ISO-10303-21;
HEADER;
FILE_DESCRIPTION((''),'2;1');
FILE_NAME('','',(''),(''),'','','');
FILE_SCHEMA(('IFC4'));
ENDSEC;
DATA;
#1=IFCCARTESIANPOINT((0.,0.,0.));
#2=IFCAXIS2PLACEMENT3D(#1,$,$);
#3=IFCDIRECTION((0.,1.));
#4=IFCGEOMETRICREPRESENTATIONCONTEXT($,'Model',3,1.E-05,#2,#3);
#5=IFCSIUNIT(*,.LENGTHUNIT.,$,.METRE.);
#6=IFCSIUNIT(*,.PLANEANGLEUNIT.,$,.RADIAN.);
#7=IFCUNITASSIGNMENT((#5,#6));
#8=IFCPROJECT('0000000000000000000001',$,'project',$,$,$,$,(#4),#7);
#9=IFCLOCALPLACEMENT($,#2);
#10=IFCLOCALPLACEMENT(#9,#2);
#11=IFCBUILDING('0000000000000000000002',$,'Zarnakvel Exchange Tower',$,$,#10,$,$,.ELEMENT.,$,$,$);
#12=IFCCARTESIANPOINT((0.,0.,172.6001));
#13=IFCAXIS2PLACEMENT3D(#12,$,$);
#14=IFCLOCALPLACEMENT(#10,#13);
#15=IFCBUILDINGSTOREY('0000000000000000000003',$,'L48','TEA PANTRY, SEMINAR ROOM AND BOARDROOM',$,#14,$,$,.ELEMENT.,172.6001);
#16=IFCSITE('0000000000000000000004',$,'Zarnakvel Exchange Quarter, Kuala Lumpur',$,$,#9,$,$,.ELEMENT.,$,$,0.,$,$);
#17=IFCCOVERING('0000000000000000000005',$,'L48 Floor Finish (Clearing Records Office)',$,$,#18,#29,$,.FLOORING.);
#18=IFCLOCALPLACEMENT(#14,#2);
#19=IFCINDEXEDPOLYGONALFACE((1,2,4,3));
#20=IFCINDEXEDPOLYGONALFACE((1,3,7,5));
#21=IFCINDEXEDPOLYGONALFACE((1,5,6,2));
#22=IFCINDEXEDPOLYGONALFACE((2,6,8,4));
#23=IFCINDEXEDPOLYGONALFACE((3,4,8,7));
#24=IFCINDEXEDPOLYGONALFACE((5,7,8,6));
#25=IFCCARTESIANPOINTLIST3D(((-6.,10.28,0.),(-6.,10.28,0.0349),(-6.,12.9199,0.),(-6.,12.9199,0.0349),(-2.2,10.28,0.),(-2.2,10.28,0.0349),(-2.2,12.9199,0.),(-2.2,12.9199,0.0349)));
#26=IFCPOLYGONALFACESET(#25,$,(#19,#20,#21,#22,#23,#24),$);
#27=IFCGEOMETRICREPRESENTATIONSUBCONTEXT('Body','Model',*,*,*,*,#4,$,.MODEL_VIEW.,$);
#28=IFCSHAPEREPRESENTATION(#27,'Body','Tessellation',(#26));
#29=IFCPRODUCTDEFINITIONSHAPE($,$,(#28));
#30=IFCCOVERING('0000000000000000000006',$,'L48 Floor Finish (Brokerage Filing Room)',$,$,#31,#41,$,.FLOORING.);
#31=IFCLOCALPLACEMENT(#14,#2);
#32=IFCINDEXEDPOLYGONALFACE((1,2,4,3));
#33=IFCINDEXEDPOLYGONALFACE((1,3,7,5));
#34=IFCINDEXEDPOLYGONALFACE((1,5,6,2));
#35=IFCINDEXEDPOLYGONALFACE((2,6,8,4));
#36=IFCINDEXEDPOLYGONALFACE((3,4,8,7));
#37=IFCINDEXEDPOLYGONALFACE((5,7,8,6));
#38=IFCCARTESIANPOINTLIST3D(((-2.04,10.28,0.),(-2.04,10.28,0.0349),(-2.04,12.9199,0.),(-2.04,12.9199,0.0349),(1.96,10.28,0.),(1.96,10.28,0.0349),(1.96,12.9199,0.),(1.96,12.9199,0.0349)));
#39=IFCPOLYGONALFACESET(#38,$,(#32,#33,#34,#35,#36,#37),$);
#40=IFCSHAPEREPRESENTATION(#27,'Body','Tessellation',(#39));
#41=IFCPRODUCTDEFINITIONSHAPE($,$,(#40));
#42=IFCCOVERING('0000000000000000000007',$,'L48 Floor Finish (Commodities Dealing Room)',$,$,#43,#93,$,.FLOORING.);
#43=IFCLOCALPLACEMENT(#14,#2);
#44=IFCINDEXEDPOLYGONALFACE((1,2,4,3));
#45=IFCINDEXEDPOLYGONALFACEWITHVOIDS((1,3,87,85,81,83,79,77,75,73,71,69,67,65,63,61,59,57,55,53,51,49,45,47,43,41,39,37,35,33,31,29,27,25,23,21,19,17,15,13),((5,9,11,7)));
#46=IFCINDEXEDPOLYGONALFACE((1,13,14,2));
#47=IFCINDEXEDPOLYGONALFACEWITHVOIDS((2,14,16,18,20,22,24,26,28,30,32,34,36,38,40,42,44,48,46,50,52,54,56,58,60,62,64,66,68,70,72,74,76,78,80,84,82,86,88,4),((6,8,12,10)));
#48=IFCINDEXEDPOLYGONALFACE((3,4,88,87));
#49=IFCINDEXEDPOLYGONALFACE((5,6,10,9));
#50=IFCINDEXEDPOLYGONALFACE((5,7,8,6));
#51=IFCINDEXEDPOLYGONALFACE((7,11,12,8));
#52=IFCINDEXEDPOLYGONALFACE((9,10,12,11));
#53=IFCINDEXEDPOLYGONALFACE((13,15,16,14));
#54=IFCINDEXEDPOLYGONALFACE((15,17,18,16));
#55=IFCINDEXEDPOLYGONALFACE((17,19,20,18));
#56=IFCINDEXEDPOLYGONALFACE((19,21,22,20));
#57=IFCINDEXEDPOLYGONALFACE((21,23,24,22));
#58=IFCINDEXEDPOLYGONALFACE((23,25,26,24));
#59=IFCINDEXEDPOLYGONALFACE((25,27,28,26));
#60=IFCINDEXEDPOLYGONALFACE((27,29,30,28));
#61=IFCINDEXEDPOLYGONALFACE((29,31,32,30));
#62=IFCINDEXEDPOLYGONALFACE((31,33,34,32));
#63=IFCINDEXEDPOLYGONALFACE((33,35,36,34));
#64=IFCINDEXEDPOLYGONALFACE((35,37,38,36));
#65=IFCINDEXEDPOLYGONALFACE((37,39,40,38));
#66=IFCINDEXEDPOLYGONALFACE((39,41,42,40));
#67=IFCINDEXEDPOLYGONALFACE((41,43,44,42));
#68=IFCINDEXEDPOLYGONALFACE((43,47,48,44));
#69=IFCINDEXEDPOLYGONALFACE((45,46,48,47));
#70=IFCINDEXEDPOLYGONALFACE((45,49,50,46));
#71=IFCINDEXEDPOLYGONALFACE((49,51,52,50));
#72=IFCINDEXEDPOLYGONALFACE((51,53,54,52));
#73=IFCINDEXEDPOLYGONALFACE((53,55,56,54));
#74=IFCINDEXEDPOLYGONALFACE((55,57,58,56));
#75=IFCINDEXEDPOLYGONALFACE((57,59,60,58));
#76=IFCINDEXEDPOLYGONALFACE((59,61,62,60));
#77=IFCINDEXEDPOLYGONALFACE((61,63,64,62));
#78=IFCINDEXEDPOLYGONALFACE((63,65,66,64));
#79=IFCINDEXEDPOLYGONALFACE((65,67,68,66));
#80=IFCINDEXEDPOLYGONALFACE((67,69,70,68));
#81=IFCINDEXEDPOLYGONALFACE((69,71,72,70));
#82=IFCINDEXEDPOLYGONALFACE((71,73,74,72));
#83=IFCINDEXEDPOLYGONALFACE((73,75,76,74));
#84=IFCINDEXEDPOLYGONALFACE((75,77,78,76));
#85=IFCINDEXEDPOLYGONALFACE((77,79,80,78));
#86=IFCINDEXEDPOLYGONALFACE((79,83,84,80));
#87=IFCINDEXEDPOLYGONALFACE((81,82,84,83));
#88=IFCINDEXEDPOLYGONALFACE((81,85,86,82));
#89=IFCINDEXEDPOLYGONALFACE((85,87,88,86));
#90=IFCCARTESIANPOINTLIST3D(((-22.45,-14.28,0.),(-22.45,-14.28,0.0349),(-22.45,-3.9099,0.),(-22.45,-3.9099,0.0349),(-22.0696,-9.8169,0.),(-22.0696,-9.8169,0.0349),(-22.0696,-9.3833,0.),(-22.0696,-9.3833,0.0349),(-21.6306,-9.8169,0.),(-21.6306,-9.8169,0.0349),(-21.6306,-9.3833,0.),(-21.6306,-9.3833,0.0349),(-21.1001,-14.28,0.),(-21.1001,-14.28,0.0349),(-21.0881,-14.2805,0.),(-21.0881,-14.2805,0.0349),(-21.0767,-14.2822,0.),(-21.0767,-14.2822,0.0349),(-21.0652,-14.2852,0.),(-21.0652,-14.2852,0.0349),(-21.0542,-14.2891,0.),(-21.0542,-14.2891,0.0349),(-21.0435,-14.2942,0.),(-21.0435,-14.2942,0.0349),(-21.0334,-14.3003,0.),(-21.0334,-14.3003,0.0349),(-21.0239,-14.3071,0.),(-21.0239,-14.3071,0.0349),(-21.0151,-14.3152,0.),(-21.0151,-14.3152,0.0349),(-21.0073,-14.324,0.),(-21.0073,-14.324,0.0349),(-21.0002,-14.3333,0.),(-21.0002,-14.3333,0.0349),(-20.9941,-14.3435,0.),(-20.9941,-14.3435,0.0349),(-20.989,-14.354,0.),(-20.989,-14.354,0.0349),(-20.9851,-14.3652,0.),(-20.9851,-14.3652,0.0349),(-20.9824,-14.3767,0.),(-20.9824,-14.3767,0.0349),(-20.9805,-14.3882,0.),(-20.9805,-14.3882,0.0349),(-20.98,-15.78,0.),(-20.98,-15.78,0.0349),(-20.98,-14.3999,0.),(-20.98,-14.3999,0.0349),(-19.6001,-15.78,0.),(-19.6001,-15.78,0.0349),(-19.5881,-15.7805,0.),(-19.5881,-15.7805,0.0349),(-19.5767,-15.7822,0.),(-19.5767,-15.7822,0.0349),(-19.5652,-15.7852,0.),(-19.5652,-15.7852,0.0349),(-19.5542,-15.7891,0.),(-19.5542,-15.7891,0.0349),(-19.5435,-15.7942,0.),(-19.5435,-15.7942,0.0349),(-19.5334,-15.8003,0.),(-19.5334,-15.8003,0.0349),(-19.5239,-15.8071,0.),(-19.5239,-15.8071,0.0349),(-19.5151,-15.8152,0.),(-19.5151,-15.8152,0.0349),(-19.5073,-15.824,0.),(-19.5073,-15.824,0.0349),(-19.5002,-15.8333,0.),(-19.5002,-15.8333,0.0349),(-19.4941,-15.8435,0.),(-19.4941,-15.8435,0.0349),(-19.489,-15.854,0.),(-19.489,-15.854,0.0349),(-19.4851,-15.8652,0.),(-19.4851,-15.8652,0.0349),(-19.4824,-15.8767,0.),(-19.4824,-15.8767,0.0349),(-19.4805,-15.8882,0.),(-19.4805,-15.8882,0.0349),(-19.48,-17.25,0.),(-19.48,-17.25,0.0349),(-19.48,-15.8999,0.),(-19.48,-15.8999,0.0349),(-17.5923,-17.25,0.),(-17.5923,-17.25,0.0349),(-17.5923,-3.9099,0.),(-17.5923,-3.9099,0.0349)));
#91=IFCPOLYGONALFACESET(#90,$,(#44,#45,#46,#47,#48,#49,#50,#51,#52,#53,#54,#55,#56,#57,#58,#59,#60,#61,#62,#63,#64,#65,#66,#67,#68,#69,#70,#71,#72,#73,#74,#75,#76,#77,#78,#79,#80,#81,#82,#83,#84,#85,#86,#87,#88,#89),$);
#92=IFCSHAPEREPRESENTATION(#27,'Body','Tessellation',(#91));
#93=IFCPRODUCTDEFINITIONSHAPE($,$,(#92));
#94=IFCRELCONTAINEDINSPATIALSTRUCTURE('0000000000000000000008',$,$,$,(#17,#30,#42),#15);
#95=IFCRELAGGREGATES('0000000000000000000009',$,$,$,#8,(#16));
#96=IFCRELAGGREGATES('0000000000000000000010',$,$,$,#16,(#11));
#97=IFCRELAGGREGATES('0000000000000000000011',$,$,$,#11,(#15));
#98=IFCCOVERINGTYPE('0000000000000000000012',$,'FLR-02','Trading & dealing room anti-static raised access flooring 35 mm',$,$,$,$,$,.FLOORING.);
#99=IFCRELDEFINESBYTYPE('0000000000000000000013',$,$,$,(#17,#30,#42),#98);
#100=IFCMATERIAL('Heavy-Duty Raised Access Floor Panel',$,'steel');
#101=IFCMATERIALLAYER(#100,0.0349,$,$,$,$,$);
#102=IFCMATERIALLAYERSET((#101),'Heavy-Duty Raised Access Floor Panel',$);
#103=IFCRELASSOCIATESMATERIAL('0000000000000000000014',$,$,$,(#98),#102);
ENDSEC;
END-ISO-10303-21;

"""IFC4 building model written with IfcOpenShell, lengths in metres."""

from ifc_helpers import new_model, si_unit, direction, frame, origin, place, context, subcontext, project, spatial, polyline, outline, extrude, material, layer, layer_set, type_object, element, save


model = new_model("IFC4")

# Units and contexts
model_context = context("Model", 3, precision=1e-05, world=origin(), true_north=direction((0.0, 1.0)))
body_context = subcontext(model_context, "Body", "Model", "MODEL_VIEW")
ifc_project = project(units=[si_unit("LENGTHUNIT", "METRE"), si_unit("PLANEANGLEUNIT", "RADIAN")], contexts=[model_context])

# Site, building, storey
site_placement = place(None, origin())
site = spatial("IfcSite", under=ifc_project, at=site_placement, Name="Zarnakvel Exchange Quarter, Kuala Lumpur", CompositionType="ELEMENT", RefElevation=0.0)
building_placement = place(site_placement, origin())
building = spatial("IfcBuilding", under=site, at=building_placement, Name="Zarnakvel Exchange Tower", CompositionType="ELEMENT")
storey_placement = place(building_placement, frame((0.0, 0.0, 172.6001)))
storey = spatial("IfcBuildingStorey", under=building, at=storey_placement, Name="L48", Description="TEA PANTRY, SEMINAR ROOM AND BOARDROOM", CompositionType="ELEMENT", Elevation=172.6001)

# Coverings
ifc_material_1 = material(Name="Heavy-Duty Raised Access Floor Panel", Category="steel")
ifc_layer_1 = layer(ifc_material_1, 0.0349)
ifc_layer_set_1 = layer_set([ifc_layer_1], Name="Heavy-Duty Raised Access Floor Panel")
covering_type_1 = type_object("IfcCoveringType", Name="FLR-02", Description="Trading & dealing room anti-static raised access flooring 35 mm", PredefinedType="FLOORING", material=ifc_layer_set_1)
covering_1_placement = place(storey_placement, origin())
element("IfcCovering", 1, at=covering_1_placement, inside=storey, type_object=covering_type_1, Name="L48 Floor Finish (Clearing Records Office)", PredefinedType="FLOORING", context=body_context, shape_type="SweptSolid", body=[
    extrude(outline(polyline([(-6.0, 12.9199), (-2.2, 12.9199), (-2.2, 10.28), (-6.0, 10.28), (-6.0, 12.9199)])), origin(), (0.0, 0.0, 1.0), 0.0349),
])
covering_2_placement = place(storey_placement, origin())
element("IfcCovering", 2, at=covering_2_placement, inside=storey, type_object=covering_type_1, Name="L48 Floor Finish (Brokerage Filing Room)", PredefinedType="FLOORING", context=body_context, shape_type="SweptSolid", body=[
    extrude(outline(polyline([(-2.04, 12.9199), (1.96, 12.9199), (1.96, 10.28), (-2.04, 10.28), (-2.04, 12.9199)])), origin(), (0.0, 0.0, 1.0), 0.0349),
])
covering_3_placement = place(storey_placement, origin())
element("IfcCovering", 3, at=covering_3_placement, inside=storey, type_object=covering_type_1, Name="L48 Floor Finish (Commodities Dealing Room)", PredefinedType="FLOORING", context=body_context, shape_type="SweptSolid", body=[
    extrude(outline(polyline([(-17.5923, -3.9099), (-17.5923, -17.25), (-19.48, -17.25), (-19.48, -15.8999), (-19.4805, -15.8882), (-19.4824, -15.8767), (-19.4851, -15.8652), (-19.489, -15.854), (-19.4941, -15.8435), (-19.5002, -15.8333), (-19.5073, -15.824), (-19.5151, -15.8152), (-19.5239, -15.8071), (-19.5334, -15.8003), (-19.5435, -15.7942), (-19.5542, -15.7891), (-19.5652, -15.7852), (-19.5767, -15.7822), (-19.5881, -15.7805), (-19.6001, -15.78), (-20.98, -15.78), (-20.98, -14.3999), (-20.9805, -14.3882), (-20.9824, -14.3767), (-20.9851, -14.3652), (-20.989, -14.354), (-20.9941, -14.3435), (-21.0002, -14.3333), (-21.0073, -14.324), (-21.0151, -14.3152), (-21.0239, -14.3071), (-21.0334, -14.3003), (-21.0435, -14.2942), (-21.0542, -14.2891), (-21.0652, -14.2852), (-21.0767, -14.2822), (-21.0881, -14.2805), (-21.1001, -14.28), (-22.45, -14.28), (-22.45, -3.9099), (-17.5923, -3.9099)]), holes=[polyline([(-21.6306, -9.8169), (-21.6306, -9.3833), (-22.0696, -9.3833), (-22.0696, -9.8169), (-21.6306, -9.8169)])]), origin(), (0.0, 0.0, 1.0), 0.0349),
])

save(model, "model.ifc")
